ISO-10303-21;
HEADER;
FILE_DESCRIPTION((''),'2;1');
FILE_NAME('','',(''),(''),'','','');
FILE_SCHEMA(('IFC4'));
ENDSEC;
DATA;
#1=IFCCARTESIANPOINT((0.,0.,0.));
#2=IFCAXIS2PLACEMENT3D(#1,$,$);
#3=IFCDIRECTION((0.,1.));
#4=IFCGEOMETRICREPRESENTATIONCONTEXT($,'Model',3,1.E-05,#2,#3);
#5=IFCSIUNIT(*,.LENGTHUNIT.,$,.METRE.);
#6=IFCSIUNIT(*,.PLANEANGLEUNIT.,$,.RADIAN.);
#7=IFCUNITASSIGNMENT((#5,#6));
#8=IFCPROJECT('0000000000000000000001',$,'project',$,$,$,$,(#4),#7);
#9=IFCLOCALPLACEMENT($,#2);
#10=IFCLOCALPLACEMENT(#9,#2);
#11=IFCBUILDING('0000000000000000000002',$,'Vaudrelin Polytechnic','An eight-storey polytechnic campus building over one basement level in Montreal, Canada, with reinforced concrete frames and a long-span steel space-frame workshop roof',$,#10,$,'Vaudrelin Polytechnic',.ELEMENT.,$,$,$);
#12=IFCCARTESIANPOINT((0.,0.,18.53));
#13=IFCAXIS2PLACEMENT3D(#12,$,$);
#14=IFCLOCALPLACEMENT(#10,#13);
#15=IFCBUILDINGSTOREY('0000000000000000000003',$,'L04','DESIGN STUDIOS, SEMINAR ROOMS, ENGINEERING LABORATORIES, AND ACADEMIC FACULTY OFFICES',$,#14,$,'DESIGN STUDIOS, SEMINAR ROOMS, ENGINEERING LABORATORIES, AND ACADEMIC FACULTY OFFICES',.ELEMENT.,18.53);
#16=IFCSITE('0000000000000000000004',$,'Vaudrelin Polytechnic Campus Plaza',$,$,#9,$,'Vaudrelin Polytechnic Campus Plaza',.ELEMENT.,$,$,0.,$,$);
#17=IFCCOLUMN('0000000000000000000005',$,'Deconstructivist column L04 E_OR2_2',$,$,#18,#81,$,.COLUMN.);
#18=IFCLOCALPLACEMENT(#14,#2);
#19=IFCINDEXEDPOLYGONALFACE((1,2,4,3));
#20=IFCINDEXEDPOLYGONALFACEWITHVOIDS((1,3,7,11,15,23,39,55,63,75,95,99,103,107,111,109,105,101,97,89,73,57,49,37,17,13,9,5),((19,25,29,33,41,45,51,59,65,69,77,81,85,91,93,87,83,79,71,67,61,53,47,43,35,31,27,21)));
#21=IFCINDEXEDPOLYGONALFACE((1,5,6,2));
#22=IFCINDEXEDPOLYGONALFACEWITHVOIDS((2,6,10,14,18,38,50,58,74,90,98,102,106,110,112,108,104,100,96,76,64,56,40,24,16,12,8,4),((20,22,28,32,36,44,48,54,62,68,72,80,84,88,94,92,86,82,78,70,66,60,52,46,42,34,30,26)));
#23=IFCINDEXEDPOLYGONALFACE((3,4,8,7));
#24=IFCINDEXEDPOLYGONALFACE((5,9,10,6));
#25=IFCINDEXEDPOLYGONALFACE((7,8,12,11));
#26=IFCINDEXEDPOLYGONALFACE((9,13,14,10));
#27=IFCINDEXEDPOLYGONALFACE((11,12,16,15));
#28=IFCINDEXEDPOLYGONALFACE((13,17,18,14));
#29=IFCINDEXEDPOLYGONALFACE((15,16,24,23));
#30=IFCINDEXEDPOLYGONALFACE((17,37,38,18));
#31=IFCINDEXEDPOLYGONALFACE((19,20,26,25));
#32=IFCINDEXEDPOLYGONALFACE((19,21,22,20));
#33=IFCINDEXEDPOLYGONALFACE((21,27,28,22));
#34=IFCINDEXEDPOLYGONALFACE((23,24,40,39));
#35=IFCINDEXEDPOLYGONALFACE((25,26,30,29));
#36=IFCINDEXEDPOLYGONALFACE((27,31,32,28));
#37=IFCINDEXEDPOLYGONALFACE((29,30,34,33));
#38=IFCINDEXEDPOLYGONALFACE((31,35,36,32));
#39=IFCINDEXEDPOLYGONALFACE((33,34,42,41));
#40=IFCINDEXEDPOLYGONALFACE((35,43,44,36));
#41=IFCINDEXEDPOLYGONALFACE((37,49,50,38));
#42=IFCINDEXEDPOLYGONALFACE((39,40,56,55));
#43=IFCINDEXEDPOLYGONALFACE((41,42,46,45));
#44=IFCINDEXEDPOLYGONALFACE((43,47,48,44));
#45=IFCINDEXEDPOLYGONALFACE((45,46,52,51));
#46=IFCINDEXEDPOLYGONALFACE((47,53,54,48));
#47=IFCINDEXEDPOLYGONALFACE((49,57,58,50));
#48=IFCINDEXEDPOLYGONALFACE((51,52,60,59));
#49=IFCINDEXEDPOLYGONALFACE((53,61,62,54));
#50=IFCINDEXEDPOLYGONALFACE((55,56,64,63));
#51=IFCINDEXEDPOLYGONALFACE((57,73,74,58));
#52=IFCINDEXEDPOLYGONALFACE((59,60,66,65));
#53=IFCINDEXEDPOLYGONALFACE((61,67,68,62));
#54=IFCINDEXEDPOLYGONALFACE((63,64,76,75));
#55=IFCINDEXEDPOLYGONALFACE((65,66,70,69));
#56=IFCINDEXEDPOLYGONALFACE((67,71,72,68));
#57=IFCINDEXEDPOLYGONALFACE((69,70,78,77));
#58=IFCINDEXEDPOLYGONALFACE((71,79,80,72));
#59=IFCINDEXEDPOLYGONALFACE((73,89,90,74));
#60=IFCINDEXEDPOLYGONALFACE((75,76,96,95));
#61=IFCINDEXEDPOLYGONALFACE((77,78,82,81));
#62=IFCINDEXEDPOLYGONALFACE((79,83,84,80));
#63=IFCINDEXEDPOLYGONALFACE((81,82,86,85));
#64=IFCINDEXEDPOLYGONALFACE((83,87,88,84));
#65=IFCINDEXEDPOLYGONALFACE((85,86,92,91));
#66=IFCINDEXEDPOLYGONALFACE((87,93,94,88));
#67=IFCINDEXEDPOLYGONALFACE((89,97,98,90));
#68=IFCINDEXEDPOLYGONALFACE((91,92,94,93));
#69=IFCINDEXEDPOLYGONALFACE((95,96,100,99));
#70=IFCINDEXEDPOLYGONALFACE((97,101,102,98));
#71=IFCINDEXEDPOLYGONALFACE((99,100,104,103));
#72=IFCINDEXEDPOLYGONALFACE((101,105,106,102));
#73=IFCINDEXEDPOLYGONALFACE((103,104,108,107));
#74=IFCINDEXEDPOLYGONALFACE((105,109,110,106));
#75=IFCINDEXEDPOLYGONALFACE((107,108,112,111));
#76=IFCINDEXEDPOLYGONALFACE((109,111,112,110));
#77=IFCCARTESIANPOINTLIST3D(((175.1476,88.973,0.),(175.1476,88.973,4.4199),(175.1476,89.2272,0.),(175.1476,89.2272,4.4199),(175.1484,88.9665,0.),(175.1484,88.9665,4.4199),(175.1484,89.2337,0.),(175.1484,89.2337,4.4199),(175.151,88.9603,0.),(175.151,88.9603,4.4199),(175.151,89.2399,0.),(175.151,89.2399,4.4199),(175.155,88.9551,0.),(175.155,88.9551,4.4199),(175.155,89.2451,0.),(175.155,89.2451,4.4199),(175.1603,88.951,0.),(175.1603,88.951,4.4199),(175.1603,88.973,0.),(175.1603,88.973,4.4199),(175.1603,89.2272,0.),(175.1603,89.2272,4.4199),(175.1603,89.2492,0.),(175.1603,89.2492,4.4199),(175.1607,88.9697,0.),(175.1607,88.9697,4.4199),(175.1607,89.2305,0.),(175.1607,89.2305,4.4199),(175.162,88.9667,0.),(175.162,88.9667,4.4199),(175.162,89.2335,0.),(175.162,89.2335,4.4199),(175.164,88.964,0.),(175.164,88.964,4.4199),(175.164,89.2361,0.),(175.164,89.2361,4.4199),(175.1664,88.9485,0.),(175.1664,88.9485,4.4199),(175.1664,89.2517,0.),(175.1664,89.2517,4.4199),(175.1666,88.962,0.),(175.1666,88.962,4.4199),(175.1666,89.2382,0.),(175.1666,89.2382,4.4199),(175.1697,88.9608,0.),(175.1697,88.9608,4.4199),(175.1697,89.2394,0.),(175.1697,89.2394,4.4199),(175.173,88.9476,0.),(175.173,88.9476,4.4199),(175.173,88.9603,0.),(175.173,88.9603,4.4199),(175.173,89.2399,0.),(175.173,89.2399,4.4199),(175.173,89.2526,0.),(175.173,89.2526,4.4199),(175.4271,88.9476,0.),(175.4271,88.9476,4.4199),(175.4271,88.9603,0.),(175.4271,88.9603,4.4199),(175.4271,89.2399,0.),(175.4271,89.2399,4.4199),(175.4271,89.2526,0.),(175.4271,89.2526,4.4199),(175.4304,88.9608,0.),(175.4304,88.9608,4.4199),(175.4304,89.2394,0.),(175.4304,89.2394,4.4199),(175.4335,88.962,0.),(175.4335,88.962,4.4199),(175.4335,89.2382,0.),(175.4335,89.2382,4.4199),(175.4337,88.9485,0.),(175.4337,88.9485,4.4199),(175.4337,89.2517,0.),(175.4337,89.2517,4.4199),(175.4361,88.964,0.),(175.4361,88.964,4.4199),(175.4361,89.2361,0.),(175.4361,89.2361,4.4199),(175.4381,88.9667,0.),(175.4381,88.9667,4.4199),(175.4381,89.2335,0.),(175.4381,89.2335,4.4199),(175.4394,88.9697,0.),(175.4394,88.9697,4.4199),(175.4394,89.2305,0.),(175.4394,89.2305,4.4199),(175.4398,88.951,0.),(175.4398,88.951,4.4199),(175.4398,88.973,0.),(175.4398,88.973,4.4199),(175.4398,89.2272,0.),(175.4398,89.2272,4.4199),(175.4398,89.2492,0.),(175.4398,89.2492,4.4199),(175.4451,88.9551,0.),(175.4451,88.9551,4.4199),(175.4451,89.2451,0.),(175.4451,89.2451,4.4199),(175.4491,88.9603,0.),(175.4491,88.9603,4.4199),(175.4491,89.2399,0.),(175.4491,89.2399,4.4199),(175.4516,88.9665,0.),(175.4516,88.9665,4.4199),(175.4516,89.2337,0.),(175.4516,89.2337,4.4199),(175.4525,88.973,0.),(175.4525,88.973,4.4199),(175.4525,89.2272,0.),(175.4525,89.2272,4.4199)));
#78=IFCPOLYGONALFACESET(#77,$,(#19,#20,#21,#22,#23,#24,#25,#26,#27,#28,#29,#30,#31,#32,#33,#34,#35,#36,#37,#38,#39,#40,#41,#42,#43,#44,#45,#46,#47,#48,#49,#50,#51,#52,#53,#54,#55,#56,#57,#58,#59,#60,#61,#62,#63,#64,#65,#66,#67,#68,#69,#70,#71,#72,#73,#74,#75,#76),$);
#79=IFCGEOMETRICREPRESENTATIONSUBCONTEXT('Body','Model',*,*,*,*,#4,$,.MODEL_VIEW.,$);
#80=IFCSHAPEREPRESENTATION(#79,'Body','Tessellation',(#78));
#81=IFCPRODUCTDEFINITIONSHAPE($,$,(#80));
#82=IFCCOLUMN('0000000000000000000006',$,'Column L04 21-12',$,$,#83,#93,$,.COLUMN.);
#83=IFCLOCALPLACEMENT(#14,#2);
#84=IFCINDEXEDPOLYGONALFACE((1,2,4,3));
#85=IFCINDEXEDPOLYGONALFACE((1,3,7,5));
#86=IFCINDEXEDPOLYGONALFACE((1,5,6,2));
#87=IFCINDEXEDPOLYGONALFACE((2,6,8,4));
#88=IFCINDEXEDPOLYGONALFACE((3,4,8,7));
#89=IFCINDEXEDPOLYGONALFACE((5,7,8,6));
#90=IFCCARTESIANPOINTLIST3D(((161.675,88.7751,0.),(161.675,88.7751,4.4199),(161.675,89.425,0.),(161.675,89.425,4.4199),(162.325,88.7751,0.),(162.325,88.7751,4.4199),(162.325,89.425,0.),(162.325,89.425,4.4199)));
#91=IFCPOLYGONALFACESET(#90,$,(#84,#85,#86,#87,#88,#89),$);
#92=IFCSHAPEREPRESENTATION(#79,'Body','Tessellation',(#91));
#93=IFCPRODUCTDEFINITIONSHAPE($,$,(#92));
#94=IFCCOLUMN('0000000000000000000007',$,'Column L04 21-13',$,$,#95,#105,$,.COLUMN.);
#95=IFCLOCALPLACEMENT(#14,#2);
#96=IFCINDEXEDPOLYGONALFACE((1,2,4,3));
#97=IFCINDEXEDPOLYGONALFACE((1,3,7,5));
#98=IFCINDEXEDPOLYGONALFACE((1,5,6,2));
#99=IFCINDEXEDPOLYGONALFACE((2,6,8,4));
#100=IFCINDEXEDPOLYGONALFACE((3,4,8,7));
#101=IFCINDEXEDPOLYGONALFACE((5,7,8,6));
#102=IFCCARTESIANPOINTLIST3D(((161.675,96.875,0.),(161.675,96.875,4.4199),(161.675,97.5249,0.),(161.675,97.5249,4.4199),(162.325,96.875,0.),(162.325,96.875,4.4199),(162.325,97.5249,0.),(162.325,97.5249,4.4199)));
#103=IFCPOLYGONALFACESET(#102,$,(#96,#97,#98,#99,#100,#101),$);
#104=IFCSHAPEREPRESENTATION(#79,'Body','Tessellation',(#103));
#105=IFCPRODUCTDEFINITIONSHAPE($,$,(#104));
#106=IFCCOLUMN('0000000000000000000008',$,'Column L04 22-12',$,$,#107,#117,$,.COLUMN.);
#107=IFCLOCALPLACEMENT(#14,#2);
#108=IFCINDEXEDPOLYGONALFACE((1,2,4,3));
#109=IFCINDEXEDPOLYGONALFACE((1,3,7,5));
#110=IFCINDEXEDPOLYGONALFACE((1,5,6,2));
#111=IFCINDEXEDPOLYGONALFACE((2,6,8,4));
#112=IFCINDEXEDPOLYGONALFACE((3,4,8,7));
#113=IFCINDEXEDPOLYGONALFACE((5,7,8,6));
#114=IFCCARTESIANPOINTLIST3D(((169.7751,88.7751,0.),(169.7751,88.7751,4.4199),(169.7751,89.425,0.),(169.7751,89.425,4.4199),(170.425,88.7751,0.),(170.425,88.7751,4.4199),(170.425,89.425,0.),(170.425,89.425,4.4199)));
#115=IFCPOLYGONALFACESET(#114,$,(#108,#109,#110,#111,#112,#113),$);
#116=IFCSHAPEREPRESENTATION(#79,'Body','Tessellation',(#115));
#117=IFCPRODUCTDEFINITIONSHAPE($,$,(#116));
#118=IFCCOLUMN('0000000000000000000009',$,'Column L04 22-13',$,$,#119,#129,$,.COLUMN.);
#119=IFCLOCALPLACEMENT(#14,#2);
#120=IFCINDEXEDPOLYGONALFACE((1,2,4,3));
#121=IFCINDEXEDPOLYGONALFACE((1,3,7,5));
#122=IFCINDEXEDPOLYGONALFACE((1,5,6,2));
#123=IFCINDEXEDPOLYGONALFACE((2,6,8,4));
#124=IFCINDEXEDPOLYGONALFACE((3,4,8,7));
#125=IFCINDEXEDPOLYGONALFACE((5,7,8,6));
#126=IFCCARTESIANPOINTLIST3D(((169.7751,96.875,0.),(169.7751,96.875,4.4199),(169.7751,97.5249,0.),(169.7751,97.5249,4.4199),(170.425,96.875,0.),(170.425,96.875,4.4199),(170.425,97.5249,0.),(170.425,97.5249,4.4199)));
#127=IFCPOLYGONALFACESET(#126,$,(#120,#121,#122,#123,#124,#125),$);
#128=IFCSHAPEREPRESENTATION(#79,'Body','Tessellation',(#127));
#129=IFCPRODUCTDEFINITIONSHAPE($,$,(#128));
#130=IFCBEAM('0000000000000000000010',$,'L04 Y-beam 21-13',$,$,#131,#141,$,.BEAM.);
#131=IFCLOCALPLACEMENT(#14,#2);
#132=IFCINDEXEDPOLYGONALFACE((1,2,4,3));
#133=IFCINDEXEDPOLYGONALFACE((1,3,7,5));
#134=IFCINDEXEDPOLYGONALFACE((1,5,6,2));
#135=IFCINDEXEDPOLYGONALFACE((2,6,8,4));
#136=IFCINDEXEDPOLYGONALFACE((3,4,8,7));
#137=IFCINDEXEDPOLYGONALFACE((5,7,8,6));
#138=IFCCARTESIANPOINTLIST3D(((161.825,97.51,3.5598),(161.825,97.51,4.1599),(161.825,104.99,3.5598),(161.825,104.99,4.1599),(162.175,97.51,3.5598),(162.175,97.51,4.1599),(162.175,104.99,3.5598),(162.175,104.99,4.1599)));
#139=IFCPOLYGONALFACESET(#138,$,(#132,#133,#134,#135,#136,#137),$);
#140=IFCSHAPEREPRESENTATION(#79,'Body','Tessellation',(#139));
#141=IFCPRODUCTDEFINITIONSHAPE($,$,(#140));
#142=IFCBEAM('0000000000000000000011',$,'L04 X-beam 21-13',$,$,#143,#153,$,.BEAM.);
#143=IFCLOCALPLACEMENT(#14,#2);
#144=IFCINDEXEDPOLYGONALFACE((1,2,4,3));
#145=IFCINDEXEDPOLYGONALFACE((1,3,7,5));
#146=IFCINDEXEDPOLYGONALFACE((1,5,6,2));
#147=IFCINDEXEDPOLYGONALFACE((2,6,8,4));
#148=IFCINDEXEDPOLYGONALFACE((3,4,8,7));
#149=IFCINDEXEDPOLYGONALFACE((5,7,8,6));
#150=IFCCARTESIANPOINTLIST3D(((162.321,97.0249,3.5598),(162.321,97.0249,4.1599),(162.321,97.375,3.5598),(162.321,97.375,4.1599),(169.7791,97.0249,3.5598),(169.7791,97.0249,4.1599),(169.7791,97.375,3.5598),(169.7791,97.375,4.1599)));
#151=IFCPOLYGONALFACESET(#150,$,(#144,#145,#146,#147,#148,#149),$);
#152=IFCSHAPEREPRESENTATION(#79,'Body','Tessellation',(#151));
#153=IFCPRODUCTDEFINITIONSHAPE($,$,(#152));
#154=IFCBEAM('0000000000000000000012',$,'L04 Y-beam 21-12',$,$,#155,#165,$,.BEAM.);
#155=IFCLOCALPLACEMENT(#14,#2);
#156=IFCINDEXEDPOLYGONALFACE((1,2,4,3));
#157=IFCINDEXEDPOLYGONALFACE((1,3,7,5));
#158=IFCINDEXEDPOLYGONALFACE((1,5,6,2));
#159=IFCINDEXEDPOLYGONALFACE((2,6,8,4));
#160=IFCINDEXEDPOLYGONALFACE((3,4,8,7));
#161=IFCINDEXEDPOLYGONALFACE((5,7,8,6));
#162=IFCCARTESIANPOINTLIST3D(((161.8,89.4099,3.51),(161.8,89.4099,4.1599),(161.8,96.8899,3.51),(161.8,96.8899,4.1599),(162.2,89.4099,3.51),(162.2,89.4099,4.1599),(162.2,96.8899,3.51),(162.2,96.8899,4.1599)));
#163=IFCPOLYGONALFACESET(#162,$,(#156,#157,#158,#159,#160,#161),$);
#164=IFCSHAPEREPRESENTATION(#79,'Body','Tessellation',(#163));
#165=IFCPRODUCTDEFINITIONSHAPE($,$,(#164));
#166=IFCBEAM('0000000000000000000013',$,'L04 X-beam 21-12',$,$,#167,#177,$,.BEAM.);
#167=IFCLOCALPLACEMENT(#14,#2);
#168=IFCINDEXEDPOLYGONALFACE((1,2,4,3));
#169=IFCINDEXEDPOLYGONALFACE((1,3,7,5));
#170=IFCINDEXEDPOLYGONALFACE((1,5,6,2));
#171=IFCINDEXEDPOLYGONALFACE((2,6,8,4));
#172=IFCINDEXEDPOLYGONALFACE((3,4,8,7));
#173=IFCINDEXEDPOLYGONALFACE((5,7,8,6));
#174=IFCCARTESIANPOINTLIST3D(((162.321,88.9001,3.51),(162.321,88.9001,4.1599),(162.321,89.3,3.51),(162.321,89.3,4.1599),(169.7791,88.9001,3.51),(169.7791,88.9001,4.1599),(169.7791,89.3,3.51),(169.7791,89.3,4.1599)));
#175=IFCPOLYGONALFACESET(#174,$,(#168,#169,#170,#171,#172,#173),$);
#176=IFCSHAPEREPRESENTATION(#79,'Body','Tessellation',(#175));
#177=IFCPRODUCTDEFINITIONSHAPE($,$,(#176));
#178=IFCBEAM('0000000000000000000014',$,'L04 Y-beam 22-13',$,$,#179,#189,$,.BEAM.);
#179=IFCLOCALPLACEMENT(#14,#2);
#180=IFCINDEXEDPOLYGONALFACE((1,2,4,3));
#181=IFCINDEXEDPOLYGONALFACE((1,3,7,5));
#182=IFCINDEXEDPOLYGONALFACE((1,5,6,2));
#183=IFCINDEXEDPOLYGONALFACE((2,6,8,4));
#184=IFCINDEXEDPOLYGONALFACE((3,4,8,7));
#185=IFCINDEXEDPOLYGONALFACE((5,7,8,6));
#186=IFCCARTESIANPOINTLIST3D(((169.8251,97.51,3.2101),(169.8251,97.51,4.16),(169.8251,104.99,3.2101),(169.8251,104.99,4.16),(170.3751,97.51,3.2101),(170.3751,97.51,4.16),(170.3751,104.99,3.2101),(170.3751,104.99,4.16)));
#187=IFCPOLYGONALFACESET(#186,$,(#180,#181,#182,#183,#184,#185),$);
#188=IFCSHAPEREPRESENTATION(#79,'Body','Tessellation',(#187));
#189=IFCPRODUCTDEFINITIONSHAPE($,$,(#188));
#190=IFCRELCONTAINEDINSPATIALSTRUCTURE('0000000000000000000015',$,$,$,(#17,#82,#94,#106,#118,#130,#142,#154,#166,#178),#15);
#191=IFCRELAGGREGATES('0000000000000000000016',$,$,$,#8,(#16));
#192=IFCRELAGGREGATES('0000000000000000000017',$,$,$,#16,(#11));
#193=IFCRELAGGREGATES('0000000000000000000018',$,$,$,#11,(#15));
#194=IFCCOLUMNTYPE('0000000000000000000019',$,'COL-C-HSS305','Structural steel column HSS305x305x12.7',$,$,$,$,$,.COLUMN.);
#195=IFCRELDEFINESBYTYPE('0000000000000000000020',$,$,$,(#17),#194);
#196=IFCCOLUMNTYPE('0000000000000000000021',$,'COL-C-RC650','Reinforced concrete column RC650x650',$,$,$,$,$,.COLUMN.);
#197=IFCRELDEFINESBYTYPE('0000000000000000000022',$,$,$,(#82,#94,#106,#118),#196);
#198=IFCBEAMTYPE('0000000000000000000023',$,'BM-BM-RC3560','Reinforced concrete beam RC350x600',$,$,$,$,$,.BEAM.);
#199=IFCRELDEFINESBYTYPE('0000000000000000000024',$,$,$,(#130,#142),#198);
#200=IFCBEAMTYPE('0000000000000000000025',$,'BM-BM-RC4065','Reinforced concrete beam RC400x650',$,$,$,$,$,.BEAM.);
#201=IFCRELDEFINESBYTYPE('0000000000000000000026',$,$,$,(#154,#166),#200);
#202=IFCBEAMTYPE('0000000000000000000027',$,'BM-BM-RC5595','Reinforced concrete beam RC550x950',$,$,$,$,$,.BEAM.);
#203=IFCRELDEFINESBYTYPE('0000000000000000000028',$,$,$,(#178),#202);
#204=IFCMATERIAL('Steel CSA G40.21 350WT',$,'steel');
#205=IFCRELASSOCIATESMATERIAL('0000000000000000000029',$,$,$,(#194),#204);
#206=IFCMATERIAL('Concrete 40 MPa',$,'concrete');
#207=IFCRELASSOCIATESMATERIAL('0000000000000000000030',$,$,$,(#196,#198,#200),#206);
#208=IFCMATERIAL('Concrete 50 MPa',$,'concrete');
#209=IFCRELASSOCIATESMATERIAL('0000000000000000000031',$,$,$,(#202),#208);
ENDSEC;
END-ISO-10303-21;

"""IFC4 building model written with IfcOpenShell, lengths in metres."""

from ifc_helpers import new_model, si_unit, direction, frame, origin, origin_2d, place, context, subcontext, project, spatial, rectangle, hollow_rectangle, extrude, material, material_profile, profile_set, type_object, element, save


model = new_model("IFC4")

# Units and contexts
model_context = context("Model", 3, precision=1e-05, world=origin(), true_north=direction((0.0, 1.0)))
body_context = subcontext(model_context, "Body", "Model", "MODEL_VIEW")
ifc_project = project(units=[si_unit("LENGTHUNIT", "METRE"), si_unit("PLANEANGLEUNIT", "RADIAN")], contexts=[model_context])

# Site, building, storey
site_placement = place(None, origin())
site = spatial("IfcSite", under=ifc_project, at=site_placement, Name="Vaudrelin Polytechnic Campus Plaza", LongName="Vaudrelin Polytechnic Campus Plaza", CompositionType="ELEMENT", RefElevation=0.0)
building_placement = place(site_placement, origin())
building = spatial("IfcBuilding", under=site, at=building_placement, Name="Vaudrelin Polytechnic", Description="An eight-storey polytechnic campus building over one basement level in Montreal, Canada, with reinforced concrete frames and a long-span steel space-frame workshop roof", LongName="Vaudrelin Polytechnic", CompositionType="ELEMENT")
storey_placement = place(building_placement, frame((0.0, 0.0, 18.53)))
storey = spatial("IfcBuildingStorey", under=building, at=storey_placement, Name="L04", Description="DESIGN STUDIOS, SEMINAR ROOMS, ENGINEERING LABORATORIES, AND ACADEMIC FACULTY OFFICES", LongName="DESIGN STUDIOS, SEMINAR ROOMS, ENGINEERING LABORATORIES, AND ACADEMIC FACULTY OFFICES", CompositionType="ELEMENT", Elevation=18.53)

# Columns
ifc_material_1 = material(Name="Steel CSA G40.21 350WT", Category="steel")
ifc_material_profile_1 = material_profile(ifc_material_1, hollow_rectangle(XDim=0.3049, YDim=0.3049, WallThickness=0.0127, InnerFilletRadius=0.0127, OuterFilletRadius=0.0254, at=origin_2d()), Name="HSS305x305x12.7")
ifc_profile_set_1 = profile_set([ifc_material_profile_1], Name="Steel CSA G40.21 350WT")
column_type_1 = type_object("IfcColumnType", Name="COL-C-HSS305", Description="Structural steel column HSS305x305x12.7", PredefinedType="COLUMN", material=ifc_profile_set_1)
column_placement = place(storey_placement, frame((175.3, 89.1001, 0.0), z_axis=(0.0, 0.0, 1.0), x_axis=(1.0, 0.0, 0.0)))
element("IfcColumn", 1, at=column_placement, inside=storey, type_object=column_type_1, Name="Deconstructivist column L04 E_OR2_2", PredefinedType="COLUMN", context=body_context, shape_type="SweptSolid", body=[
    extrude(hollow_rectangle(XDim=0.3049, YDim=0.3049, WallThickness=0.0127, InnerFilletRadius=0.0127, OuterFilletRadius=0.0254, at=origin_2d()), origin(), (0.0, 0.0, 1.0), 4.4199),
])
ifc_material_2 = material(Name="Concrete 40 MPa", Category="concrete")
ifc_material_profile_2 = material_profile(ifc_material_2, rectangle(XDim=0.6499, YDim=0.6499, at=origin_2d()), Name="RC650x650")
ifc_profile_set_2 = profile_set([ifc_material_profile_2], Name="Concrete 40 MPa")
column_type_2 = type_object("IfcColumnType", Name="COL-C-RC650", Description="Reinforced concrete column RC650x650", PredefinedType="COLUMN", material=ifc_profile_set_2)
for number, where, z_axis, x_axis, name in (
    (2, (162.0, 89.1001, 0.0), (0.0, 0.0, 1.0), (1.0, 0.0, 0.0), "Column L04 21-12"),
    (3, (162.0, 97.2, 0.0), (0.0, 0.0, 1.0), (1.0, 0.0, 0.0), "Column L04 21-13"),
    (4, (170.1001, 89.1001, 0.0), (0.0, 0.0, 1.0), (1.0, 0.0, 0.0), "Column L04 22-12"),
    (5, (170.1001, 97.2, 0.0), (0.0, 0.0, 1.0), (1.0, 0.0, 0.0), "Column L04 22-13"),
):
    element("IfcColumn", number, at=place(storey_placement, frame(where, z_axis=z_axis, x_axis=x_axis)), inside=storey, type_object=column_type_2, Name=name, PredefinedType="COLUMN", context=body_context, shape_type="SweptSolid", body=[
        extrude(rectangle(XDim=0.6499, YDim=0.6499, at=origin_2d()), origin(), (0.0, 0.0, 1.0), 4.4199),
    ])

# Beams
ifc_material_profile_3 = material_profile(ifc_material_2, rectangle(XDim=0.3501, YDim=0.6001, at=origin_2d()), Name="RC350x600")
ifc_profile_set_3 = profile_set([ifc_material_profile_3], Name="Concrete 40 MPa")
beam_type_1 = type_object("IfcBeamType", Name="BM-BM-RC3560", Description="Reinforced concrete beam RC350x600", PredefinedType="BEAM", material=ifc_profile_set_3)
beam_1_placement = place(storey_placement, frame((162.0, 97.51, 3.8599), z_axis=(0.0, 1.0, 0.0), x_axis=(-1.0, 0.0, 0.0)))
element("IfcBeam", 6, at=beam_1_placement, inside=storey, type_object=beam_type_1, Name="L04 Y-beam 21-13", PredefinedType="BEAM", context=body_context, shape_type="SweptSolid", body=[
    extrude(rectangle(XDim=0.3501, YDim=0.6001, at=origin_2d()), origin(), (0.0, 0.0, 1.0), 7.48),
])
beam_2_placement = place(storey_placement, frame((162.321, 97.2, 3.8599), z_axis=(1.0, 0.0, 0.0), x_axis=(0.0, 1.0, 0.0)))
element("IfcBeam", 7, at=beam_2_placement, inside=storey, type_object=beam_type_1, Name="L04 X-beam 21-13", PredefinedType="BEAM", context=body_context, shape_type="SweptSolid", body=[
    extrude(rectangle(XDim=0.3501, YDim=0.6001, at=origin_2d()), origin(), (0.0, 0.0, 1.0), 7.458),
])
ifc_material_profile_4 = material_profile(ifc_material_2, rectangle(XDim=0.3999, YDim=0.6499, at=origin_2d()), Name="RC400x650")
ifc_profile_set_4 = profile_set([ifc_material_profile_4], Name="Concrete 40 MPa")
beam_type_2 = type_object("IfcBeamType", Name="BM-BM-RC4065", Description="Reinforced concrete beam RC400x650", PredefinedType="BEAM", material=ifc_profile_set_4)
beam_3_placement = place(storey_placement, frame((162.0, 89.4099, 3.835), z_axis=(0.0, 1.0, 0.0), x_axis=(-1.0, 0.0, 0.0)))
element("IfcBeam", 8, at=beam_3_placement, inside=storey, type_object=beam_type_2, Name="L04 Y-beam 21-12", PredefinedType="BEAM", context=body_context, shape_type="SweptSolid", body=[
    extrude(rectangle(XDim=0.3999, YDim=0.6499, at=origin_2d()), origin(), (0.0, 0.0, 1.0), 7.48),
])
beam_4_placement = place(storey_placement, frame((162.321, 89.1001, 3.835), z_axis=(1.0, 0.0, 0.0), x_axis=(0.0, 1.0, 0.0)))
element("IfcBeam", 9, at=beam_4_placement, inside=storey, type_object=beam_type_2, Name="L04 X-beam 21-12", PredefinedType="BEAM", context=body_context, shape_type="SweptSolid", body=[
    extrude(rectangle(XDim=0.3999, YDim=0.6499, at=origin_2d()), origin(), (0.0, 0.0, 1.0), 7.458),
])
ifc_material_3 = material(Name="Concrete 50 MPa", Category="concrete")
ifc_material_profile_5 = material_profile(ifc_material_3, rectangle(XDim=0.55, YDim=0.95, at=origin_2d()), Name="RC550x950")
ifc_profile_set_5 = profile_set([ifc_material_profile_5], Name="Concrete 50 MPa")
beam_type_3 = type_object("IfcBeamType", Name="BM-BM-RC5595", Description="Reinforced concrete beam RC550x950", PredefinedType="BEAM", material=ifc_profile_set_5)
beam_5_placement = place(storey_placement, frame((170.1001, 97.51, 3.6851), z_axis=(0.0, 1.0, 0.0), x_axis=(-1.0, 0.0, 0.0)))
element("IfcBeam", 10, at=beam_5_placement, inside=storey, type_object=beam_type_3, Name="L04 Y-beam 22-13", PredefinedType="BEAM", context=body_context, shape_type="SweptSolid", body=[
    extrude(rectangle(XDim=0.55, YDim=0.95, at=origin_2d()), origin(), (0.0, 0.0, 1.0), 7.48),
])

save(model, "model.ifc")
